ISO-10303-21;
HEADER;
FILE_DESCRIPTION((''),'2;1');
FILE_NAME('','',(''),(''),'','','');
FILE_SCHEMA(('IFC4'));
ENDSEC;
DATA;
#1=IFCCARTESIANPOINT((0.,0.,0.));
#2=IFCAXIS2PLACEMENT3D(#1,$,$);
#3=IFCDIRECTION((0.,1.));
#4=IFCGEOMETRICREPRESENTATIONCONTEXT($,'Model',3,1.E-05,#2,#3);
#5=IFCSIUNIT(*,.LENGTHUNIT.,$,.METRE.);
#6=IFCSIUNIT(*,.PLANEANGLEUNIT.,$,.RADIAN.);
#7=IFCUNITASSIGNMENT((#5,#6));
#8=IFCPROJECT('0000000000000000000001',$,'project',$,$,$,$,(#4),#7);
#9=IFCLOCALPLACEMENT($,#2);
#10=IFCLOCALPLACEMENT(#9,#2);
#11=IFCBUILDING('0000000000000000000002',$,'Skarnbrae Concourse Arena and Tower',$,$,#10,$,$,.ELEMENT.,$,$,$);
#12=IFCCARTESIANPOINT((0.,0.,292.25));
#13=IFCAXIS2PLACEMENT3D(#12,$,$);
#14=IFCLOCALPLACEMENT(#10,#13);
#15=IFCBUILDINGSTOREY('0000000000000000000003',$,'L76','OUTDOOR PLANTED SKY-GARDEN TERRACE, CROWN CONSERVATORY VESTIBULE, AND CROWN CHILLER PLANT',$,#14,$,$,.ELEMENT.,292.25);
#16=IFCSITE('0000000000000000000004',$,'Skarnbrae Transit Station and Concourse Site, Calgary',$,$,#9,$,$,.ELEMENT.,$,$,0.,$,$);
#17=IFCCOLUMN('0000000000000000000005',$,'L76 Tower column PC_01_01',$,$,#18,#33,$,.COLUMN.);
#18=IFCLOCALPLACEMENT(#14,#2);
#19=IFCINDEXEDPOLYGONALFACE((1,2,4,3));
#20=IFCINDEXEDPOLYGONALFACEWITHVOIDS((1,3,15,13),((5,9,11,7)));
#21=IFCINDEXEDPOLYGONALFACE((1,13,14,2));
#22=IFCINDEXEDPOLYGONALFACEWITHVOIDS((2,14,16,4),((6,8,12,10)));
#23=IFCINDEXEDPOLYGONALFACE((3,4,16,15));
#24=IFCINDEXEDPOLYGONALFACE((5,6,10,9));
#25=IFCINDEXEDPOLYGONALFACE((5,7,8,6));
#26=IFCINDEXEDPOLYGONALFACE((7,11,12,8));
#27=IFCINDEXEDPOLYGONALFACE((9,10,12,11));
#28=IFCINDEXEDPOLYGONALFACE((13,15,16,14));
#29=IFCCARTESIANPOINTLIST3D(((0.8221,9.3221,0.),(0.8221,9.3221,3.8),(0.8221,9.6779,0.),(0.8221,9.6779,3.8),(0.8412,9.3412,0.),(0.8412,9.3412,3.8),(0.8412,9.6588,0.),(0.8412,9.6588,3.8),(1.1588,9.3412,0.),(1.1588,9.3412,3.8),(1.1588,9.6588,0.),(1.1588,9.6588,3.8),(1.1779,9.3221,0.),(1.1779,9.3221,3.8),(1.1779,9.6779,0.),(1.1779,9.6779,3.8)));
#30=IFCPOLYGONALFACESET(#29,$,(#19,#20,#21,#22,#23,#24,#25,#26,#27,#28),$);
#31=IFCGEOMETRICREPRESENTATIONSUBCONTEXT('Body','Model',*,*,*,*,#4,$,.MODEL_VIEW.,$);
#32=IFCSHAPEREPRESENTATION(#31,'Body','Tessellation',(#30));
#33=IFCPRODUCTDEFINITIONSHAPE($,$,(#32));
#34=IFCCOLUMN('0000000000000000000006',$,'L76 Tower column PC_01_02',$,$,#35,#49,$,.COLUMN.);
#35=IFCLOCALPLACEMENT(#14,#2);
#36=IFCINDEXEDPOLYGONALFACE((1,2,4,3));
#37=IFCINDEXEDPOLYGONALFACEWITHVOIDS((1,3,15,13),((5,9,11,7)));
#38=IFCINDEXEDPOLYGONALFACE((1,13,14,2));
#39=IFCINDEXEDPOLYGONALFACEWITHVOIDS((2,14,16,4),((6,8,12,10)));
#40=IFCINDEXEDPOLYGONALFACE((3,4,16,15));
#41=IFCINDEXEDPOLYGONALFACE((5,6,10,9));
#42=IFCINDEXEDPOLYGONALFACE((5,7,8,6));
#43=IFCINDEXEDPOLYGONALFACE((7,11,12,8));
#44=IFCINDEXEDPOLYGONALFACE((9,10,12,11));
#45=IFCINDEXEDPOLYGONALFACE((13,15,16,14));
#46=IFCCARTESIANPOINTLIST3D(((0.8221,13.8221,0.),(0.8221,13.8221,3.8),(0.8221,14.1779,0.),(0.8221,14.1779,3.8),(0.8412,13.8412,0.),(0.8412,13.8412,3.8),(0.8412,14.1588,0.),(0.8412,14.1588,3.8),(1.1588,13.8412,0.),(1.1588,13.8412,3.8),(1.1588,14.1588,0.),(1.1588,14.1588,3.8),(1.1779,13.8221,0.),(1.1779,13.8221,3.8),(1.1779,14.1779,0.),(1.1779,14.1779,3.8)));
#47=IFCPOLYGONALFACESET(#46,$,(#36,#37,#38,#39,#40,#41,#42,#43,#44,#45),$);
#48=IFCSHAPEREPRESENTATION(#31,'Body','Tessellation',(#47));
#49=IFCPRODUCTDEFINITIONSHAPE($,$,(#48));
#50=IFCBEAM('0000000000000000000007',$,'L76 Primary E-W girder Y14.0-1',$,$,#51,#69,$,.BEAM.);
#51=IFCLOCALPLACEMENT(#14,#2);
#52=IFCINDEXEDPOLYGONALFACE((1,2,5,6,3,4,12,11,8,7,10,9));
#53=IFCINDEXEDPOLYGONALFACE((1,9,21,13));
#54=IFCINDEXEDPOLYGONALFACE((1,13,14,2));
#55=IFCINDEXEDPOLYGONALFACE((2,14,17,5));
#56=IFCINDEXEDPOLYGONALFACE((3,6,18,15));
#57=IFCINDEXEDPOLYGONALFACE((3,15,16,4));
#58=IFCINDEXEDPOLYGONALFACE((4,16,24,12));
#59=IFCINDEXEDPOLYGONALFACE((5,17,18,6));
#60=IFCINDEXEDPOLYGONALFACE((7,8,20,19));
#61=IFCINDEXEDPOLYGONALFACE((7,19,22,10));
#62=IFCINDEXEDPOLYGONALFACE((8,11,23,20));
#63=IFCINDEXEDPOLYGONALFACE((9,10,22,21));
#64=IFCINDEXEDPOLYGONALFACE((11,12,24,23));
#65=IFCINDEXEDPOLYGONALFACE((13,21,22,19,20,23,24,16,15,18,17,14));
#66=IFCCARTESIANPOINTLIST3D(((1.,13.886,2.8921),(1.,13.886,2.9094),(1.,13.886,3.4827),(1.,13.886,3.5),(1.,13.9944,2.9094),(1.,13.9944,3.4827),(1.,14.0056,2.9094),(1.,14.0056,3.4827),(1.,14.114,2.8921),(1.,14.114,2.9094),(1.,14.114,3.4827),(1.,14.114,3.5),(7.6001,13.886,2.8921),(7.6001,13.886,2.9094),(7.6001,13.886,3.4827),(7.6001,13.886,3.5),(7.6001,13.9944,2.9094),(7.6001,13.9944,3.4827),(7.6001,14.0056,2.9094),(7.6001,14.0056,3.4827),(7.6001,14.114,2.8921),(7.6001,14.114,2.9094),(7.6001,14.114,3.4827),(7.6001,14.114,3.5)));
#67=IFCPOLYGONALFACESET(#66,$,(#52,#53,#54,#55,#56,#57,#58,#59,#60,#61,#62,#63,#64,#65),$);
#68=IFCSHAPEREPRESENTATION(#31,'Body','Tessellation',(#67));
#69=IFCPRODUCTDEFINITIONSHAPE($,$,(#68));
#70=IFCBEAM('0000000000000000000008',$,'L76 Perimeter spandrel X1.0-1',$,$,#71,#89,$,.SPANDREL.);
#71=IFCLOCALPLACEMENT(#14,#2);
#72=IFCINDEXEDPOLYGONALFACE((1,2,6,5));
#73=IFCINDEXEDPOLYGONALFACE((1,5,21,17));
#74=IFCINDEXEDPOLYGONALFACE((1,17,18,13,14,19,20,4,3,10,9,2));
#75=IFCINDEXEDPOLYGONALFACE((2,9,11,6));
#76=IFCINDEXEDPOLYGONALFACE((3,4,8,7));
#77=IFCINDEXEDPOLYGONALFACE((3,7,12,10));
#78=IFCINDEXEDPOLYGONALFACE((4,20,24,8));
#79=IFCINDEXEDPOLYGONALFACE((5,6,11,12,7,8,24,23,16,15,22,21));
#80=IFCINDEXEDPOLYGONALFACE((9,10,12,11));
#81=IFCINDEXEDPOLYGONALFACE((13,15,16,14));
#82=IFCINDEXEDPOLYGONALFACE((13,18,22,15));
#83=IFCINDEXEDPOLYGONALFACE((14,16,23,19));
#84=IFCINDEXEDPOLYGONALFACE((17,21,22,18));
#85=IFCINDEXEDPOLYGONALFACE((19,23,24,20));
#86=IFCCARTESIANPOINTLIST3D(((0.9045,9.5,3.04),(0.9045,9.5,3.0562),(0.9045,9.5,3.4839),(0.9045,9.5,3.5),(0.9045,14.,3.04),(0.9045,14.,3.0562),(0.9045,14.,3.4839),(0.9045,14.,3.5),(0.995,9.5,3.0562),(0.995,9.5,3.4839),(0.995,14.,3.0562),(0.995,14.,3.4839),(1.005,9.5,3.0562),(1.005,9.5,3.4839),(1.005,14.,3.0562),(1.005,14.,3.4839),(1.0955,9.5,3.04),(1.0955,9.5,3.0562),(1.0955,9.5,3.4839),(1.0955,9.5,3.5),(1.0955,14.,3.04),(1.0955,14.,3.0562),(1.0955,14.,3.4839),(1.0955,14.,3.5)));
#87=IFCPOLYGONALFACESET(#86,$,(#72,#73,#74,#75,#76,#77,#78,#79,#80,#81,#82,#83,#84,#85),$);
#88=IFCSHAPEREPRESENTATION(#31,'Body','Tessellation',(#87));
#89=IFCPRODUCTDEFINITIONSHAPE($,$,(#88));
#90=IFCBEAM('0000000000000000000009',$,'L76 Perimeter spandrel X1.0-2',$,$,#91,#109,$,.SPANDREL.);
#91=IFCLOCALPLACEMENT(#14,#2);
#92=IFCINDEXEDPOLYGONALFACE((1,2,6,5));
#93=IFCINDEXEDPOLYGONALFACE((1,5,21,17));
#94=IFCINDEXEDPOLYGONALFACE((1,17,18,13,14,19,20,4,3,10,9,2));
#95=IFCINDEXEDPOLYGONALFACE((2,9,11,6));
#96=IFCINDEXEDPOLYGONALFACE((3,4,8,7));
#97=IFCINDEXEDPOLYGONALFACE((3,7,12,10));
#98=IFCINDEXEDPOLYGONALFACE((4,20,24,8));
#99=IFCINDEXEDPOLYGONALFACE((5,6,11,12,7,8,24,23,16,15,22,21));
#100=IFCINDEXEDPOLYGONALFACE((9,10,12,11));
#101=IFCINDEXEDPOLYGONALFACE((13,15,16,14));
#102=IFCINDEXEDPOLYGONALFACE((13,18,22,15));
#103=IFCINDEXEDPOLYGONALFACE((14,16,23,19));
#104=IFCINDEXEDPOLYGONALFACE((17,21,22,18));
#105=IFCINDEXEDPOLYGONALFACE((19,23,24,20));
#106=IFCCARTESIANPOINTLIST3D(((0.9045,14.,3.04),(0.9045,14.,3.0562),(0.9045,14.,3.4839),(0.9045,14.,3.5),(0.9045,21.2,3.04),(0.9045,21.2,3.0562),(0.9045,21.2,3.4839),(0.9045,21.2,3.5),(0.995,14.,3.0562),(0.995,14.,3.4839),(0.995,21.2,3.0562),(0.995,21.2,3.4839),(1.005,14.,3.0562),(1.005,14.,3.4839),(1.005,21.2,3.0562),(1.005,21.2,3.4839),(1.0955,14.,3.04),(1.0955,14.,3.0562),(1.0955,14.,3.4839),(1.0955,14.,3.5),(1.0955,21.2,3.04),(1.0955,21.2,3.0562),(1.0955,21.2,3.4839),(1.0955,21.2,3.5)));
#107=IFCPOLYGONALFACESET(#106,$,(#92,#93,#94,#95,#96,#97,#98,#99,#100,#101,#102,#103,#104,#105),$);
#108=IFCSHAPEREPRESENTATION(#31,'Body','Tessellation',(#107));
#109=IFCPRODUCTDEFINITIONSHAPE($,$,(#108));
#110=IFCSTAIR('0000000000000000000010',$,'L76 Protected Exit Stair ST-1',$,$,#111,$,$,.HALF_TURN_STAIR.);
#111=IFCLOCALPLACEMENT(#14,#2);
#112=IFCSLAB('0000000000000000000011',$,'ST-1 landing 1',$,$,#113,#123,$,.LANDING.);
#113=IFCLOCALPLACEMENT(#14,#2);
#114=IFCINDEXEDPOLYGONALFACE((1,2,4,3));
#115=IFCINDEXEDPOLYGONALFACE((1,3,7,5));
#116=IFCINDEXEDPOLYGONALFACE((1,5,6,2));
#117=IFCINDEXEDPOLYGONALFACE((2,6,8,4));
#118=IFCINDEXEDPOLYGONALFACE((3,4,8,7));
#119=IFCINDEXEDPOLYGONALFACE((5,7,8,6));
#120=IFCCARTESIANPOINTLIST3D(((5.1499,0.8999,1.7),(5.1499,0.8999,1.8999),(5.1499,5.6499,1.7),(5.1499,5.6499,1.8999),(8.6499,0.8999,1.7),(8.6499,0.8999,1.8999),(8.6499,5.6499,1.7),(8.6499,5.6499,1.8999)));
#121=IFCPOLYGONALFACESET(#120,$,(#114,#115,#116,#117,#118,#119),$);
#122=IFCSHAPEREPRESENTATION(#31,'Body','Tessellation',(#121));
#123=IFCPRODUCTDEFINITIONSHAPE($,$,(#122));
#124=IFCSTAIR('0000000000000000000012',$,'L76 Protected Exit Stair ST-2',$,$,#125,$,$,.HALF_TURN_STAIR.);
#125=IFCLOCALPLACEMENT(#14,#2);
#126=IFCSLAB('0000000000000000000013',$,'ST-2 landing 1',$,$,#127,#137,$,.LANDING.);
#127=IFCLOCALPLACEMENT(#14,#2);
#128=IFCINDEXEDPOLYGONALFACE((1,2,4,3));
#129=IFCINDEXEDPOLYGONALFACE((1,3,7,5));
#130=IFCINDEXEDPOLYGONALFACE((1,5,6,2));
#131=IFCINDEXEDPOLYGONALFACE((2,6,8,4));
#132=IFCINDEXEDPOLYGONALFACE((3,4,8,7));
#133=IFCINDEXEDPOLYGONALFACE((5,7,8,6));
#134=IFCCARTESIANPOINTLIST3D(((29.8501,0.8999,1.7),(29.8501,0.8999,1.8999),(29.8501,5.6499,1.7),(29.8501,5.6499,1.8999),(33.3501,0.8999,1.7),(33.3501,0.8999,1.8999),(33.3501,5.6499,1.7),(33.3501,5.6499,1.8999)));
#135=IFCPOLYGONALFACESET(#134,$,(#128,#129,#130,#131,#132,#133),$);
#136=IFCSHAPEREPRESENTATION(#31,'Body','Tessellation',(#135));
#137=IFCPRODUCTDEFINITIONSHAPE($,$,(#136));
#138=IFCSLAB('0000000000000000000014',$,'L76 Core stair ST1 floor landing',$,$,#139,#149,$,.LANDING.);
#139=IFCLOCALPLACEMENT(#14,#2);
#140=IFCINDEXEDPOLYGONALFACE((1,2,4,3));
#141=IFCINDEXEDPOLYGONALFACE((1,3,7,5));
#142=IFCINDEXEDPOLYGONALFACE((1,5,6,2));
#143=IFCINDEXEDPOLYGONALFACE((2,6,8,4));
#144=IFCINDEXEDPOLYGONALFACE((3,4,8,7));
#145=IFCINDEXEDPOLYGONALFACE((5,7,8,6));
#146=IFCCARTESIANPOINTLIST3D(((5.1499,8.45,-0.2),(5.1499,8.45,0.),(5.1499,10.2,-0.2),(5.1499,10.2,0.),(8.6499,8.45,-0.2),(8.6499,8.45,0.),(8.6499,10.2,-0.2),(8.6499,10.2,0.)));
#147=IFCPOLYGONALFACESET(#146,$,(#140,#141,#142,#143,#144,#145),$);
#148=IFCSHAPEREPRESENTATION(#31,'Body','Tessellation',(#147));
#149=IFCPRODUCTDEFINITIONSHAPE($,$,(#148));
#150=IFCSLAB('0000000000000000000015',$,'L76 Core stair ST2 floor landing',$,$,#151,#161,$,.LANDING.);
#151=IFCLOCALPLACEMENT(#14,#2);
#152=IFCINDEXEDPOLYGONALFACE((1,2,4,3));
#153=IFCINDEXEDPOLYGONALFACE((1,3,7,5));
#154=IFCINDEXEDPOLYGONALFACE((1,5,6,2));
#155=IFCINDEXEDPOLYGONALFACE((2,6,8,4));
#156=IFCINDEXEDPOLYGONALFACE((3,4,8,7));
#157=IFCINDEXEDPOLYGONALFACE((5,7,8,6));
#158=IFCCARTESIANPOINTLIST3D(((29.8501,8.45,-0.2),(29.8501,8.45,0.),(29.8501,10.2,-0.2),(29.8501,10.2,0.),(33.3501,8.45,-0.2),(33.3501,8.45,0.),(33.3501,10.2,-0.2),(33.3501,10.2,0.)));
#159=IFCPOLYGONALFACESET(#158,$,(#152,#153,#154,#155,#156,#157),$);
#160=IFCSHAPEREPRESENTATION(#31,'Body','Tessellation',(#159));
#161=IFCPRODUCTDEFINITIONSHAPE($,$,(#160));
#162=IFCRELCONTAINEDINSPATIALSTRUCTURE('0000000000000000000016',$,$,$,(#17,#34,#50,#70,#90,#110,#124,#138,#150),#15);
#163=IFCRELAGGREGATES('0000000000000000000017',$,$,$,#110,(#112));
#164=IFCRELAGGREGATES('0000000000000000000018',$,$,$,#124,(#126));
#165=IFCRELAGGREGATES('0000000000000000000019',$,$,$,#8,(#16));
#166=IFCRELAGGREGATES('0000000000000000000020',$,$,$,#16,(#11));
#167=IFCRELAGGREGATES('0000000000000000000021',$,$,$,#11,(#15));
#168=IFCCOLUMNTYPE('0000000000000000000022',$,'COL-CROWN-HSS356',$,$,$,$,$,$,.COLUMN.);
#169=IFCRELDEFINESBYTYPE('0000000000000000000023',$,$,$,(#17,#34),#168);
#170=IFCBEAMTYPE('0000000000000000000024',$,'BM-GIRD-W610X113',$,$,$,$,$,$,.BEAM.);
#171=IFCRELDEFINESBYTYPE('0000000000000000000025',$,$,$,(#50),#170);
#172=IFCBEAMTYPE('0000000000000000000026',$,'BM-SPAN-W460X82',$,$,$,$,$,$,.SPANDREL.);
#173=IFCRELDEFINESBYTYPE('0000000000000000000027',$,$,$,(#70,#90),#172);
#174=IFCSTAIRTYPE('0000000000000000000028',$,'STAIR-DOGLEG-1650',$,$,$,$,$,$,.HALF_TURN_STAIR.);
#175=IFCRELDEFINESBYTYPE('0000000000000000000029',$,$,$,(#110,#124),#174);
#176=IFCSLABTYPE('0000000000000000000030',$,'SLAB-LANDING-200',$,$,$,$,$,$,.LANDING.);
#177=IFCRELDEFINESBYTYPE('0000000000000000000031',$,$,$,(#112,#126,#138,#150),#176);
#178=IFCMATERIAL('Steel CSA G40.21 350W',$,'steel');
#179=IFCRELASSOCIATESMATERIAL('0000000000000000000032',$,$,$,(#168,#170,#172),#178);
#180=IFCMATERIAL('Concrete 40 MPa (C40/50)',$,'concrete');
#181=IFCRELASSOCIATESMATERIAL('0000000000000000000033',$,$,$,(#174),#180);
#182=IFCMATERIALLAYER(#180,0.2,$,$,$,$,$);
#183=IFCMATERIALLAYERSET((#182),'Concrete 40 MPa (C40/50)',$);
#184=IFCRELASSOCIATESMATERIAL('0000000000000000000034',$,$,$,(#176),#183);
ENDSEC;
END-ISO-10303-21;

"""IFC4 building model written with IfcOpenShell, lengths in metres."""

from ifc_helpers import new_model, si_unit, direction, frame, origin, origin_2d, place, context, subcontext, project, spatial, polyline, hollow_rectangle, i_section, outline, extrude, source, transform, mapped, material, layer, layer_set, material_profile, profile_set, type_object, element, aggregate, save


model = new_model("IFC4")

# Units and contexts
model_context = context("Model", 3, precision=1e-05, world=origin(), true_north=direction((0.0, 1.0)))
body_context = subcontext(model_context, "Body", "Model", "MODEL_VIEW")
ifc_project = project(units=[si_unit("LENGTHUNIT", "METRE"), si_unit("PLANEANGLEUNIT", "RADIAN")], contexts=[model_context])

# Site, building, storey
site_placement = place(None, origin())
site = spatial("IfcSite", under=ifc_project, at=site_placement, Name="Skarnbrae Transit Station and Concourse Site, Calgary", CompositionType="ELEMENT", RefElevation=0.0)
building_placement = place(site_placement, origin())
building = spatial("IfcBuilding", under=site, at=building_placement, Name="Skarnbrae Concourse Arena and Tower", CompositionType="ELEMENT")
storey_placement = place(building_placement, frame((0.0, 0.0, 292.25)))
storey = spatial("IfcBuildingStorey", under=building, at=storey_placement, Name="L76", Description="OUTDOOR PLANTED SKY-GARDEN TERRACE, CROWN CONSERVATORY VESTIBULE, AND CROWN CHILLER PLANT", CompositionType="ELEMENT", Elevation=292.25)

# Columns
ifc_material_1 = material(Name="Steel CSA G40.21 350W", Category="steel")
ifc_material_profile_1 = material_profile(ifc_material_1, hollow_rectangle(XDim=0.3557, YDim=0.3557, WallThickness=0.019, at=origin_2d()), Name="HSS356X356X19.0")
ifc_profile_set_1 = profile_set([ifc_material_profile_1], Name="Steel CSA G40.21 350W")
column_type = type_object("IfcColumnType", Name="COL-CROWN-HSS356", PredefinedType="COLUMN", material=ifc_profile_set_1)
shared_shape_1 = source(origin(), body_context, "Body", "SweptSolid", [
    extrude(hollow_rectangle(XDim=0.3557, YDim=0.3557, WallThickness=0.019, at=origin_2d()), origin(), (0.0, 0.0, 1.0), 3.8),
])
for number, where, z_axis, x_axis, name in (
    (1, (1.0, 9.5, 0.0), (0.0, 0.0, 1.0), (1.0, 0.0, 0.0), "L76 Tower column PC_01_01"),
    (2, (1.0, 14.0, 0.0), (0.0, 0.0, 1.0), (1.0, 0.0, 0.0), "L76 Tower column PC_01_02"),
):
    element("IfcColumn", number, at=place(storey_placement, frame(where, z_axis=z_axis, x_axis=x_axis)), inside=storey, type_object=column_type, Name=name, PredefinedType="COLUMN", context=body_context, shape_type="MappedRepresentation", body=[
        mapped(shared_shape_1, transform((0.0, 0.0, 0.0))),
    ])

# Beams
ifc_material_profile_2 = material_profile(ifc_material_1, i_section(OverallWidth=0.228, OverallDepth=0.6079, WebThickness=0.0112, FlangeThickness=0.0173, at=origin_2d()), Name="W610X113")
ifc_profile_set_2 = profile_set([ifc_material_profile_2], Name="Steel CSA G40.21 350W")
beam_type_1 = type_object("IfcBeamType", Name="BM-GIRD-W610X113", PredefinedType="BEAM", material=ifc_profile_set_2)
shared_shape_2 = source(origin(), body_context, "Body", "SweptSolid", [
    extrude(i_section(OverallWidth=0.228, OverallDepth=0.6079, WebThickness=0.0112, FlangeThickness=0.0173, at=origin_2d()), origin(), (0.0, 0.0, 1.0), 6.6001),
])
beam_1_placement = place(storey_placement, frame((1.0, 14.0, 3.196), z_axis=(1.0, 0.0, 0.0), x_axis=(0.0, 1.0, 0.0)))
element("IfcBeam", 3, at=beam_1_placement, inside=storey, type_object=beam_type_1, Name="L76 Primary E-W girder Y14.0-1", PredefinedType="BEAM", context=body_context, shape_type="MappedRepresentation", body=[
    mapped(shared_shape_2, transform((0.0, 0.0, 0.0))),
])
ifc_material_profile_3 = material_profile(ifc_material_1, i_section(OverallWidth=0.1909, OverallDepth=0.46, WebThickness=0.01, FlangeThickness=0.0161, at=origin_2d()), Name="W460X82")
ifc_profile_set_3 = profile_set([ifc_material_profile_3], Name="Steel CSA G40.21 350W")
beam_type_2 = type_object("IfcBeamType", Name="BM-SPAN-W460X82", PredefinedType="SPANDREL", material=ifc_profile_set_3)
shared_shape_3 = source(origin(), body_context, "Body", "SweptSolid", [
    extrude(i_section(OverallWidth=0.1909, OverallDepth=0.46, WebThickness=0.01, FlangeThickness=0.0161, at=origin_2d()), origin(), (0.0, 0.0, 1.0), 4.5),
])
beam_2_placement = place(storey_placement, frame((1.0, 9.5, 3.27), z_axis=(0.0, 1.0, 0.0), x_axis=(-1.0, 0.0, 0.0)))
element("IfcBeam", 4, at=beam_2_placement, inside=storey, type_object=beam_type_2, Name="L76 Perimeter spandrel X1.0-1", PredefinedType="SPANDREL", context=body_context, shape_type="MappedRepresentation", body=[
    mapped(shared_shape_3, transform((0.0, 0.0, 0.0))),
])
shared_shape_4 = source(origin(), body_context, "Body", "SweptSolid", [
    extrude(i_section(OverallWidth=0.1909, OverallDepth=0.46, WebThickness=0.01, FlangeThickness=0.0161, at=origin_2d()), origin(), (0.0, 0.0, 1.0), 7.2),
])
beam_3_placement = place(storey_placement, frame((1.0, 14.0, 3.27), z_axis=(0.0, 1.0, 0.0), x_axis=(-1.0, 0.0, 0.0)))
element("IfcBeam", 5, at=beam_3_placement, inside=storey, type_object=beam_type_2, Name="L76 Perimeter spandrel X1.0-2", PredefinedType="SPANDREL", context=body_context, shape_type="MappedRepresentation", body=[
    mapped(shared_shape_4, transform((0.0, 0.0, 0.0))),
])

# Stairs, slabs
ifc_material_2 = material(Name="Concrete 40 MPa (C40/50)", Category="concrete")
stair_type = type_object("IfcStairType", Name="STAIR-DOGLEG-1650", PredefinedType="HALF_TURN_STAIR", material=ifc_material_2)
stair_1_placement = place(storey_placement, origin())
stair_1 = element("IfcStair", 6, at=stair_1_placement, inside=storey, type_object=stair_type, Name="L76 Protected Exit Stair ST-1", PredefinedType="HALF_TURN_STAIR")
ifc_layer_1 = layer(ifc_material_2, 0.2)
ifc_layer_set_1 = layer_set([ifc_layer_1], Name="Concrete 40 MPa (C40/50)")
slab_type_1 = type_object("IfcSlabType", Name="SLAB-LANDING-200", PredefinedType="LANDING", material=ifc_layer_set_1)
slab_1_placement = place(storey_placement, frame((0.0, 0.0, 1.7)))
slab_1 = element("IfcSlab", 7, at=slab_1_placement, type_object=slab_type_1, Name="ST-1 landing 1", PredefinedType="LANDING", context=body_context, shape_type="SweptSolid", body=[
    extrude(outline(polyline([(5.1499, 5.6499), (5.1499, 0.8999), (8.6499, 0.8999), (8.6499, 5.6499), (5.1499, 5.6499)])), origin(), (0.0, 0.0, 1.0), 0.2),
])
aggregate(stair_1, [slab_1])
stair_2_placement = place(storey_placement, origin())
stair_2 = element("IfcStair", 8, at=stair_2_placement, inside=storey, type_object=stair_type, Name="L76 Protected Exit Stair ST-2", PredefinedType="HALF_TURN_STAIR")
slab_2_placement = place(storey_placement, frame((0.0, 0.0, 1.7)))
slab_2 = element("IfcSlab", 9, at=slab_2_placement, type_object=slab_type_1, Name="ST-2 landing 1", PredefinedType="LANDING", context=body_context, shape_type="SweptSolid", body=[
    extrude(outline(polyline([(29.8501, 5.6499), (29.8501, 0.8999), (33.3501, 0.8999), (33.3501, 5.6499), (29.8501, 5.6499)])), origin(), (0.0, 0.0, 1.0), 0.2),
])
aggregate(stair_2, [slab_2])

# Slabs
slab_3_placement = place(storey_placement, frame((0.0, 0.0, -0.2)))
element("IfcSlab", 10, at=slab_3_placement, inside=storey, type_object=slab_type_1, Name="L76 Core stair ST1 floor landing", PredefinedType="LANDING", context=body_context, shape_type="SweptSolid", body=[
    extrude(outline(polyline([(5.1499, 10.2), (5.1499, 8.45), (8.6499, 8.45), (8.6499, 10.2), (5.1499, 10.2)])), origin(), (0.0, 0.0, 1.0), 0.2),
])
slab_4_placement = place(storey_placement, frame((0.0, 0.0, -0.2)))
element("IfcSlab", 11, at=slab_4_placement, inside=storey, type_object=slab_type_1, Name="L76 Core stair ST2 floor landing", PredefinedType="LANDING", context=body_context, shape_type="SweptSolid", body=[
    extrude(outline(polyline([(29.8501, 10.2), (29.8501, 8.45), (33.3501, 8.45), (33.3501, 10.2), (29.8501, 10.2)])), origin(), (0.0, 0.0, 1.0), 0.2),
])

save(model, "model.ifc")
